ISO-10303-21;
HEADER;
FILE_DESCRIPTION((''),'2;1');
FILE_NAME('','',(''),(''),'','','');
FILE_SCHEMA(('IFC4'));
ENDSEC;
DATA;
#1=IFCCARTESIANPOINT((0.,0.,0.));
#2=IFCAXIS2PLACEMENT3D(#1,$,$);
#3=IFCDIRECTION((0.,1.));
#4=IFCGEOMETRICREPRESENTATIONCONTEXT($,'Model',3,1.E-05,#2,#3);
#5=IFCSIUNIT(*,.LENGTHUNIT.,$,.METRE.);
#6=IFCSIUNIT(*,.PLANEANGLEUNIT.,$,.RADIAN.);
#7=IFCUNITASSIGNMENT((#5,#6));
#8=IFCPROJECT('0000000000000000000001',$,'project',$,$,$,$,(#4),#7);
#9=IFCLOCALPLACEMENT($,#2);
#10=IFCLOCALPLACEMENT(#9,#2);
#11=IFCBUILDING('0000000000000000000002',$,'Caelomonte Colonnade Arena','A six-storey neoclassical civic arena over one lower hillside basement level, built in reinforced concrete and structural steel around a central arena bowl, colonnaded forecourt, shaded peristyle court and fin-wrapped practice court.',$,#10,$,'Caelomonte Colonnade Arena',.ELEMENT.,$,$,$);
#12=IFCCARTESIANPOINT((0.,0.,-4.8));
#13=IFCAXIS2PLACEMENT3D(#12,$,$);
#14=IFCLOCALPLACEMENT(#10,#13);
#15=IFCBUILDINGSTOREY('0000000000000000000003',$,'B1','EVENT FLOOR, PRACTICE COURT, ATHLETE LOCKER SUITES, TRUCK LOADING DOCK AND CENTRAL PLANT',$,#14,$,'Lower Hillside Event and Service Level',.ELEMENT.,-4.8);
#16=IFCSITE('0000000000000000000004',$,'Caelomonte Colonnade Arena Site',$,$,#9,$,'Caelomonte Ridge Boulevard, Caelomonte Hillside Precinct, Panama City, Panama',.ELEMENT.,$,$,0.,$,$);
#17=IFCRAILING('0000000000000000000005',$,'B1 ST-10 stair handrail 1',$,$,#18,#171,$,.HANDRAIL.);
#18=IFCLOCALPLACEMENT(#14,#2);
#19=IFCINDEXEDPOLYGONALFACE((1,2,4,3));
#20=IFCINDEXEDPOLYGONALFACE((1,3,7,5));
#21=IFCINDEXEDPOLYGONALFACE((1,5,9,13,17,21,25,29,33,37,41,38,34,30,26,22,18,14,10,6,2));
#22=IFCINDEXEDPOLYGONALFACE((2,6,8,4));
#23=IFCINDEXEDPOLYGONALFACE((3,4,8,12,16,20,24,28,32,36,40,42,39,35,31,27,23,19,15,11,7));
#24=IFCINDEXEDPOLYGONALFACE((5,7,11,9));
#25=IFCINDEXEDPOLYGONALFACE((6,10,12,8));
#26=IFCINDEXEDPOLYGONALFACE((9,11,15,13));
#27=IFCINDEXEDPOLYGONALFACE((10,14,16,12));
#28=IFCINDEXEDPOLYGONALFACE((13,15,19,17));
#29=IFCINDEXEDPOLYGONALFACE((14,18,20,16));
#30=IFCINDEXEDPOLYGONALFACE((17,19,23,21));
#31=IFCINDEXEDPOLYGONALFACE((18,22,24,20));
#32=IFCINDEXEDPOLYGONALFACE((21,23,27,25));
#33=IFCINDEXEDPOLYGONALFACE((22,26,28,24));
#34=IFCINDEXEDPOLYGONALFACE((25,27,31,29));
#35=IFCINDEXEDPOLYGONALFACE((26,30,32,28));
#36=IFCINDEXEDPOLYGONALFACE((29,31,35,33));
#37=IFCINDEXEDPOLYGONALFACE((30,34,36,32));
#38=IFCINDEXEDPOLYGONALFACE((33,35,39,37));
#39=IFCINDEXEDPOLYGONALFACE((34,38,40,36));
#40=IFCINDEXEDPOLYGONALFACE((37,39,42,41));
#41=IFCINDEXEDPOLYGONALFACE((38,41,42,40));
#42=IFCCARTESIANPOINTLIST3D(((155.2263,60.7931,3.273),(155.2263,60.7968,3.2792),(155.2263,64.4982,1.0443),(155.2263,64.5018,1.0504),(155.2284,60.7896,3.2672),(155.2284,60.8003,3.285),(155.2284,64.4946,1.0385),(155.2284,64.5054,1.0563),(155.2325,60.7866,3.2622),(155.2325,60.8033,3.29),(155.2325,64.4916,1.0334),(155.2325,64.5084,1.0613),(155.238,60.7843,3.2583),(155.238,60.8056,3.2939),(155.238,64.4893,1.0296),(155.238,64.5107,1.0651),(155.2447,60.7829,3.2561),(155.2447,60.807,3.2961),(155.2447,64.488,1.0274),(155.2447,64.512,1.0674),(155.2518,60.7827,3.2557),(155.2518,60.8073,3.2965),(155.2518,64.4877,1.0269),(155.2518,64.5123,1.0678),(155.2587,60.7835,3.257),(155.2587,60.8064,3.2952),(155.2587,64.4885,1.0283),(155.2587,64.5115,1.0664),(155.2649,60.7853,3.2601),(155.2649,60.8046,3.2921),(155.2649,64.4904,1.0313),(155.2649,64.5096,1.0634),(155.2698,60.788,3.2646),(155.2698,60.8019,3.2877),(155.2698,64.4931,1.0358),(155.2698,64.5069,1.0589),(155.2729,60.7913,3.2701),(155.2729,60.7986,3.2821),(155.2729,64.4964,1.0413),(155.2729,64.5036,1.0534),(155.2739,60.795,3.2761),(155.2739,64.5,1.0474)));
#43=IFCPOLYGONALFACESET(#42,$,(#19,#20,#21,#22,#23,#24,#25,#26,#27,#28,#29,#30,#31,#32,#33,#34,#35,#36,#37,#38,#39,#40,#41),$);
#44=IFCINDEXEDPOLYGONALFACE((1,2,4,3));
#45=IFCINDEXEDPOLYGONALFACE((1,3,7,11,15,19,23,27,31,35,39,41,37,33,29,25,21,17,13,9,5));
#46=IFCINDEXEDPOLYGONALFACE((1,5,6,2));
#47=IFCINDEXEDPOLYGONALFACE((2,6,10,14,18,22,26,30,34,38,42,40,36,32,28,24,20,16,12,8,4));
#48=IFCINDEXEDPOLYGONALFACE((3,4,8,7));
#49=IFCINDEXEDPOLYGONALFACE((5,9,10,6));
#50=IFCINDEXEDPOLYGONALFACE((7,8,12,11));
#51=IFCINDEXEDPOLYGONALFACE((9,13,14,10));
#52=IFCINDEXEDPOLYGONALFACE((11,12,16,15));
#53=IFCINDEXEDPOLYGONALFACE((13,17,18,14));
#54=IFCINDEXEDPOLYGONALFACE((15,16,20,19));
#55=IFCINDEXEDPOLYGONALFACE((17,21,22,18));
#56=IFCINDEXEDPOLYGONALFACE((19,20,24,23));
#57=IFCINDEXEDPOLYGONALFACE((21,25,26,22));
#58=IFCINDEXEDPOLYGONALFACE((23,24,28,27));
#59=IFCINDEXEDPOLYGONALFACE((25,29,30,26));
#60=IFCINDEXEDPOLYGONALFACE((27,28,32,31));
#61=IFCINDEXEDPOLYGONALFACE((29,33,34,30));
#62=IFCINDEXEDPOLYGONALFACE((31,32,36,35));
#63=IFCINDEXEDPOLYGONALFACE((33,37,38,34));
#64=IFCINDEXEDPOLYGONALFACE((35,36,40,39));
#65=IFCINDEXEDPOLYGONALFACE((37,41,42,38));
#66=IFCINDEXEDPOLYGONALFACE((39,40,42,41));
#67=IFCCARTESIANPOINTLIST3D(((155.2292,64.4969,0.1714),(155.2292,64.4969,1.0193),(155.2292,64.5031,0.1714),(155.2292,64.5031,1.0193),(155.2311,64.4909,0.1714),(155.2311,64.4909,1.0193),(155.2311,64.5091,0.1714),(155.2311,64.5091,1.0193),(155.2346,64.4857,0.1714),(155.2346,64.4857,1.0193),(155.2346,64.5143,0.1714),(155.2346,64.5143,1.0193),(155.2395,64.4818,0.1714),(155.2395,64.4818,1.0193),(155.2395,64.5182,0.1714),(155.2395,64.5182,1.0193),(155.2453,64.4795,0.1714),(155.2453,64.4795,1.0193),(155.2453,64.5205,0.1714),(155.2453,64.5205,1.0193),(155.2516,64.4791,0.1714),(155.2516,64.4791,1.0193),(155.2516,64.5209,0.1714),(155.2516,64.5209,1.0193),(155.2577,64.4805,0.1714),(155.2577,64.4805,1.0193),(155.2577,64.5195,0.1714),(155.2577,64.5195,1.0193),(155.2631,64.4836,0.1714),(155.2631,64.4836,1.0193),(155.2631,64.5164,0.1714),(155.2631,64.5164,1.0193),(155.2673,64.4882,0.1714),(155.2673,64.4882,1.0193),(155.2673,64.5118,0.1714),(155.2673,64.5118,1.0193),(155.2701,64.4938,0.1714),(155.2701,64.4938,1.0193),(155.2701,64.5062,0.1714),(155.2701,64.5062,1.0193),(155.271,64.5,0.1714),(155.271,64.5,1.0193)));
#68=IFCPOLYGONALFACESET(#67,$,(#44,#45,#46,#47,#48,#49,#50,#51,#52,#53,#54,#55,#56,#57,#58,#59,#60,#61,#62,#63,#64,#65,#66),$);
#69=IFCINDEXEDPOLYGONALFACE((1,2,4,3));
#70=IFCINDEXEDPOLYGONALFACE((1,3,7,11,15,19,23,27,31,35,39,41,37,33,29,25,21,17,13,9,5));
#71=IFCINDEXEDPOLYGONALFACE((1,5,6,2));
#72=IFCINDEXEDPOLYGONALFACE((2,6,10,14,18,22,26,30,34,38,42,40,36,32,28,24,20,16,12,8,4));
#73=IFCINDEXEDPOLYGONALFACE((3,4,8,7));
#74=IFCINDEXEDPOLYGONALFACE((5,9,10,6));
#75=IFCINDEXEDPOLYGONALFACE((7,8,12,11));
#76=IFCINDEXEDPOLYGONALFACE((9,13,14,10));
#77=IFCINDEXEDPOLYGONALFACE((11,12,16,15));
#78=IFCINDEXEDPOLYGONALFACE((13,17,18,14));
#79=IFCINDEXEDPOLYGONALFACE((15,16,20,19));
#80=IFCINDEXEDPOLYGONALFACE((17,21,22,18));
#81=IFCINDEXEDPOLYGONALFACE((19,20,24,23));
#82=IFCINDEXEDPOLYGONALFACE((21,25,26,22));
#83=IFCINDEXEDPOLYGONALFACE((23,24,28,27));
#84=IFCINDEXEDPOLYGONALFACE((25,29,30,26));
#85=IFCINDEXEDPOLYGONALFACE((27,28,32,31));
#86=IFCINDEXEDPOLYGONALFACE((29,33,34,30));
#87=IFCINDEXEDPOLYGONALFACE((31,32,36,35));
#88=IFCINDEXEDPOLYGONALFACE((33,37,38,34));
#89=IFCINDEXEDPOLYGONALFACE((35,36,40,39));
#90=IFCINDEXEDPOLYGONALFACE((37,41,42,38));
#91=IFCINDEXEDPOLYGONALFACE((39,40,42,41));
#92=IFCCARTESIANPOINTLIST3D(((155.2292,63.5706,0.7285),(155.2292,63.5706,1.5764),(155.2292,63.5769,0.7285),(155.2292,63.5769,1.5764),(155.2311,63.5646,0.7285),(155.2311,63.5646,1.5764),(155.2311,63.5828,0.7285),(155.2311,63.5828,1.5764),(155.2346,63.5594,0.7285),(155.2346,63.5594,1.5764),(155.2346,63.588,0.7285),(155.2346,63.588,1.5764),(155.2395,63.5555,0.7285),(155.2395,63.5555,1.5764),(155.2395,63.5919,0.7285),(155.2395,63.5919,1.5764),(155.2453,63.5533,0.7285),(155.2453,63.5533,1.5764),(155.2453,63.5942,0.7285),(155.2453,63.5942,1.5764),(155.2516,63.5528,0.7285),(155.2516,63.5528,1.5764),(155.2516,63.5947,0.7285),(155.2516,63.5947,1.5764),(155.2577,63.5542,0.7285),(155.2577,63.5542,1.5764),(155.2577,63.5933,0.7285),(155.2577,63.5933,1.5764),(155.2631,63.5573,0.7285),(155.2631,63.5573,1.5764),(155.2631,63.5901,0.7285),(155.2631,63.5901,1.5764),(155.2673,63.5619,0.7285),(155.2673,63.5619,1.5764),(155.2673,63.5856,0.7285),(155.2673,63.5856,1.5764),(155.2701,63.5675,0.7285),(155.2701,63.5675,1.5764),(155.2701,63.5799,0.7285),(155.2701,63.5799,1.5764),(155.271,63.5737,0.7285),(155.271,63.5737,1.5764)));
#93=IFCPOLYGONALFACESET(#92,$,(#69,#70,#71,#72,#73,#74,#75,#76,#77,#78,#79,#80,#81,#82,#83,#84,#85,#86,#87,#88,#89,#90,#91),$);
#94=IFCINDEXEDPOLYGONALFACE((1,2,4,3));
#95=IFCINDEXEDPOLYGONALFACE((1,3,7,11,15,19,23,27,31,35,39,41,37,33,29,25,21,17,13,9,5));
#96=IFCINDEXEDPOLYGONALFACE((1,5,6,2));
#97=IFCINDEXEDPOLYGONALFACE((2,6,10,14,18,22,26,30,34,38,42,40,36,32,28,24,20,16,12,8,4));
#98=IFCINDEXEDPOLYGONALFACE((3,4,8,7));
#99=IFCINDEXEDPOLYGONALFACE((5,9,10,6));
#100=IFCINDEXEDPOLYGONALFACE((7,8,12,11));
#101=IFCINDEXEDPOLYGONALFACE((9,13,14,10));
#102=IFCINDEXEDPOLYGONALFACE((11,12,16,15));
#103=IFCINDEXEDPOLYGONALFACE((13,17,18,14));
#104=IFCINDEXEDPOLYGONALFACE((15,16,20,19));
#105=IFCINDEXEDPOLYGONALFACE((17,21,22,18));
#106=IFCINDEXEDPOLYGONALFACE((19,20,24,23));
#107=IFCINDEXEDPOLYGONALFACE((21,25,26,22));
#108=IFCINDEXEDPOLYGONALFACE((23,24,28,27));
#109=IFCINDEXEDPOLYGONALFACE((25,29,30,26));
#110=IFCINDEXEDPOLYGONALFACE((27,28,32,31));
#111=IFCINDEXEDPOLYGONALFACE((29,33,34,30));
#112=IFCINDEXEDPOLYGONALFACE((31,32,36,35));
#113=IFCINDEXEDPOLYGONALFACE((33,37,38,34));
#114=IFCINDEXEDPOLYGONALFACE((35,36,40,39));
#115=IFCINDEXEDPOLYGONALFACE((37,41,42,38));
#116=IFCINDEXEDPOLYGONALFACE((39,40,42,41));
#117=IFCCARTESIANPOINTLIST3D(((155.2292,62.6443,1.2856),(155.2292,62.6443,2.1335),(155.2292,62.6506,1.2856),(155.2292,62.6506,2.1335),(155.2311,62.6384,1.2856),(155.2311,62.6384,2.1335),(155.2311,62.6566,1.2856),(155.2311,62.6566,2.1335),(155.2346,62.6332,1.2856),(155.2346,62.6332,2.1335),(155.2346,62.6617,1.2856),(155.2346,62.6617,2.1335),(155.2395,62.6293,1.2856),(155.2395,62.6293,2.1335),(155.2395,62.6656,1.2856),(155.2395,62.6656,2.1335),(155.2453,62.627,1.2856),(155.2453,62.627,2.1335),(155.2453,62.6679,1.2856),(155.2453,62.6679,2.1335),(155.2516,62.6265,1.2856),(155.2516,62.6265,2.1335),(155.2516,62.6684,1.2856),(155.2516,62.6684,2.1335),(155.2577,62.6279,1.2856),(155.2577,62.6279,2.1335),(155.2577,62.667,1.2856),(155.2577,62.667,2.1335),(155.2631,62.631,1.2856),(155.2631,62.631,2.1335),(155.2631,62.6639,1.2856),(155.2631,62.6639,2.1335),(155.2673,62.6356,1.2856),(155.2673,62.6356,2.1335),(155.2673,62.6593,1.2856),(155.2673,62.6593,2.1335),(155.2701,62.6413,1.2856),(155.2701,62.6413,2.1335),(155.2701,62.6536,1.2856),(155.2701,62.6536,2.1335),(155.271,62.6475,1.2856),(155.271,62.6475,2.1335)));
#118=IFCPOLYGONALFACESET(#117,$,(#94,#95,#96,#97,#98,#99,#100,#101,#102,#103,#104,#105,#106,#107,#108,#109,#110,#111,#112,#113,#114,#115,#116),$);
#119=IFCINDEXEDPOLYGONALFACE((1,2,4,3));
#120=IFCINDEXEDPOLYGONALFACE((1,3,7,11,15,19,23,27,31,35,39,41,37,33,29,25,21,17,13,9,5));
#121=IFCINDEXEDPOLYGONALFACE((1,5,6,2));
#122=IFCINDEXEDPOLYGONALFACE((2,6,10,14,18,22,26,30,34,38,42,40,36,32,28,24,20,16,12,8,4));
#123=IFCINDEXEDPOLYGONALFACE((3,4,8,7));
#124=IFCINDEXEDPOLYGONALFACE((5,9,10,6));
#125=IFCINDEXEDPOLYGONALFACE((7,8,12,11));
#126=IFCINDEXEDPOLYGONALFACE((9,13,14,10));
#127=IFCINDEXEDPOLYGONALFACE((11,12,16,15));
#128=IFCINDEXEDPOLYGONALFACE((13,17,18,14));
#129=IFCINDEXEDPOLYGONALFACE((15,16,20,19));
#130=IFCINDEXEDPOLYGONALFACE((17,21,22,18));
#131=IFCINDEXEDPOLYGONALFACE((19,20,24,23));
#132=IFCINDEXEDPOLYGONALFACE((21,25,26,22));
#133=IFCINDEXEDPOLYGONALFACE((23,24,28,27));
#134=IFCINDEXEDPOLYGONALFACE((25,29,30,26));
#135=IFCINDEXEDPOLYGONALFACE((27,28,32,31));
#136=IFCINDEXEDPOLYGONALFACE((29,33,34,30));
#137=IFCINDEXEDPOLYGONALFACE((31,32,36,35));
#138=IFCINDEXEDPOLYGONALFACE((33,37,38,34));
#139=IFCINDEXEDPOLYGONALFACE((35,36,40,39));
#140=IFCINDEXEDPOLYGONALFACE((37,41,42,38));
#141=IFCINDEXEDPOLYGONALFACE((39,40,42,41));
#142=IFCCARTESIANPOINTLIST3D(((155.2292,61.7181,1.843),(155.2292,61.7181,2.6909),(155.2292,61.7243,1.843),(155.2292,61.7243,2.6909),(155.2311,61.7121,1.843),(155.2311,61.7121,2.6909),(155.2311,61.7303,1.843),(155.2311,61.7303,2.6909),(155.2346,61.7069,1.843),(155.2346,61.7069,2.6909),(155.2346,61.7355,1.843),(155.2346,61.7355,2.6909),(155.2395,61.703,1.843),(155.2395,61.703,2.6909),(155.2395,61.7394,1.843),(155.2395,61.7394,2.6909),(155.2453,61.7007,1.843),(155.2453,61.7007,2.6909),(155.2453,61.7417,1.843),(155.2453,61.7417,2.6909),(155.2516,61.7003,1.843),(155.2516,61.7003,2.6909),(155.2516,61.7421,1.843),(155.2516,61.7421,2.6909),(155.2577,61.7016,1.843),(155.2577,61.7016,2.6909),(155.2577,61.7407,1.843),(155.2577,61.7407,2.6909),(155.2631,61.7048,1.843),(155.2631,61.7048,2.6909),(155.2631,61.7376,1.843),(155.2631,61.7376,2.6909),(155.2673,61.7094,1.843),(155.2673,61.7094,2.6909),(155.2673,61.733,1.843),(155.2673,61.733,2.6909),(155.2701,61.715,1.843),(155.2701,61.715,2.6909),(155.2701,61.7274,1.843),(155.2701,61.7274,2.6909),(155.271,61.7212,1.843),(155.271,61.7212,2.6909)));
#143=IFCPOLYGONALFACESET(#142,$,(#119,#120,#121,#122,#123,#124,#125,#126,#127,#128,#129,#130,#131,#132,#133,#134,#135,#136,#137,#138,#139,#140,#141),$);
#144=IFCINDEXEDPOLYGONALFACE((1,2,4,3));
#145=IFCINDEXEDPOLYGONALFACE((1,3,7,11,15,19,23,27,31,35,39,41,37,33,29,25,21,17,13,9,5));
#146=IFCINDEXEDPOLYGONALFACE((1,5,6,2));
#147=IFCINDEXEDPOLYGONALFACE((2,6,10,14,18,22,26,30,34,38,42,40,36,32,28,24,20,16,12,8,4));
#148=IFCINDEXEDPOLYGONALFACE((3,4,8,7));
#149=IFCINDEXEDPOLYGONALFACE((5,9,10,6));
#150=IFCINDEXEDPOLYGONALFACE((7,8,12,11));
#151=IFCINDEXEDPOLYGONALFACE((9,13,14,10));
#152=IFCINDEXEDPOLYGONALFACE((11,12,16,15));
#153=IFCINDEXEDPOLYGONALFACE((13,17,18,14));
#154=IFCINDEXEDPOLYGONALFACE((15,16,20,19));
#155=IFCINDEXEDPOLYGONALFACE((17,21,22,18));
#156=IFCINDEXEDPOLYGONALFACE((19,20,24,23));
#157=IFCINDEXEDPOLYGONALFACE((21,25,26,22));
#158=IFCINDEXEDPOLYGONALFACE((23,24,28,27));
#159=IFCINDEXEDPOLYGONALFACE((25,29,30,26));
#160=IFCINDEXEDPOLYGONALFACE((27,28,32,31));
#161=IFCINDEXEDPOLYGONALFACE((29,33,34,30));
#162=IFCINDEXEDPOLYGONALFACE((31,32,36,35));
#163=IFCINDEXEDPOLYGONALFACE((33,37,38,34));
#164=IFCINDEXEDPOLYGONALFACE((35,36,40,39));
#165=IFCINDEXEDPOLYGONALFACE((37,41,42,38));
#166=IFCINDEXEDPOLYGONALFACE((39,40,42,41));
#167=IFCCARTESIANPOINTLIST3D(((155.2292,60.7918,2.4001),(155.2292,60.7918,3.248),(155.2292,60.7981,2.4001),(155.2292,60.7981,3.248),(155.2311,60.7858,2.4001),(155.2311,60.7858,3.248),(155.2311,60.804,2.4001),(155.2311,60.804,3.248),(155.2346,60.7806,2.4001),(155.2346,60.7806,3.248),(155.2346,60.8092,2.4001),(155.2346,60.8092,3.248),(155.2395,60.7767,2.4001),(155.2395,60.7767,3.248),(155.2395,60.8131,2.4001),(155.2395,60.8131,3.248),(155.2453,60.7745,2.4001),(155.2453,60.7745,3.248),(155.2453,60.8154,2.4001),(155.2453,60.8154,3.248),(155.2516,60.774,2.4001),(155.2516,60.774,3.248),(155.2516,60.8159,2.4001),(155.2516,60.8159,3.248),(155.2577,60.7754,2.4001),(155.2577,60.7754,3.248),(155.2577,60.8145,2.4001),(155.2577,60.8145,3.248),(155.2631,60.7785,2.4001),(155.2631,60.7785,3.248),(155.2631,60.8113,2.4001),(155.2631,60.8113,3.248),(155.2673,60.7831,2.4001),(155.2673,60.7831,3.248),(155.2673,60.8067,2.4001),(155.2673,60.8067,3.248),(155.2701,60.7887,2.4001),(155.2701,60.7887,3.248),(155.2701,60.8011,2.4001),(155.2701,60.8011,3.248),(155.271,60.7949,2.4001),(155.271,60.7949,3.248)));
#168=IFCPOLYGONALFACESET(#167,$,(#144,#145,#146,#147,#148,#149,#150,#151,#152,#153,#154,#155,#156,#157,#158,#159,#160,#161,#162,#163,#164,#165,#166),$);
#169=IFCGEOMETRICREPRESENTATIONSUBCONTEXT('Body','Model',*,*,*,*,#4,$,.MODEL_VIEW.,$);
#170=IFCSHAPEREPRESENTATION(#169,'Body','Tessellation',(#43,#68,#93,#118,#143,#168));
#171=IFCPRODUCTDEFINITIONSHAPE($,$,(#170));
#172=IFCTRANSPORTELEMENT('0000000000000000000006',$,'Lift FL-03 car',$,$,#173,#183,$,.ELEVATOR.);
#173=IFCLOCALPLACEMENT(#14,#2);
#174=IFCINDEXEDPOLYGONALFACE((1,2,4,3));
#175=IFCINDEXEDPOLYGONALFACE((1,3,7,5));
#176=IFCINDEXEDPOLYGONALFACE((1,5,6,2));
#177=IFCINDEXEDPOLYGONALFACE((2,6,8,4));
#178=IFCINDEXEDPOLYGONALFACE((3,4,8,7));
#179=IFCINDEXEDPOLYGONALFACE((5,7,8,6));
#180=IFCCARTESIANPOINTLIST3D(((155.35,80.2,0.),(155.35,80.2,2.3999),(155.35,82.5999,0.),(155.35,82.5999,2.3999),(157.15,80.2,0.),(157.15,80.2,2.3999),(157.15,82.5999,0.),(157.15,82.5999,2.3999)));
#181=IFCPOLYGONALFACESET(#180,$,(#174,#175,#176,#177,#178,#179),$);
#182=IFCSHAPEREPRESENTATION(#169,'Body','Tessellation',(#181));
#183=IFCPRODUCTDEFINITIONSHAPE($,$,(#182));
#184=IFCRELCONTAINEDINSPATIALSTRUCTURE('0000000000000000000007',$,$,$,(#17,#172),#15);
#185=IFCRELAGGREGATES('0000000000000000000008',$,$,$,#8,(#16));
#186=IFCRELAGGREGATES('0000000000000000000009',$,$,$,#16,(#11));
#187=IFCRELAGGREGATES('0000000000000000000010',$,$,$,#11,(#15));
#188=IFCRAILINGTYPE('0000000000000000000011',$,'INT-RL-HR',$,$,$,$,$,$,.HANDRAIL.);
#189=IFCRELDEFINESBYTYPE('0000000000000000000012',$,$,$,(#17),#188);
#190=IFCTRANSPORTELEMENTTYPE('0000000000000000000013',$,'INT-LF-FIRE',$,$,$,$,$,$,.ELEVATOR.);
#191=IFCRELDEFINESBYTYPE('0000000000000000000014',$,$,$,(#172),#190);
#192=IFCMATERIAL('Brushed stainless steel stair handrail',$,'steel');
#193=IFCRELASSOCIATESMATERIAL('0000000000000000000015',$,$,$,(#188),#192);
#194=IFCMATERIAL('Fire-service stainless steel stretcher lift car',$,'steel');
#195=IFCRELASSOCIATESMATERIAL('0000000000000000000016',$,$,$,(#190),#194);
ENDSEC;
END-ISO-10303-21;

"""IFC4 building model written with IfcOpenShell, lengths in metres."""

from ifc_helpers import new_model, si_unit, direction, frame, origin, origin_2d, place, context, subcontext, project, spatial, rectangle, circle, extrude, material, type_object, element, save


model = new_model("IFC4")

# Units and contexts
model_context = context("Model", 3, precision=1e-05, world=origin(), true_north=direction((0.0, 1.0)))
body_context = subcontext(model_context, "Body", "Model", "MODEL_VIEW")
ifc_project = project(units=[si_unit("LENGTHUNIT", "METRE"), si_unit("PLANEANGLEUNIT", "RADIAN")], contexts=[model_context])

# Site, building, storey
site_placement = place(None, origin())
site = spatial("IfcSite", under=ifc_project, at=site_placement, Name="Caelomonte Colonnade Arena Site", LongName="Caelomonte Ridge Boulevard, Caelomonte Hillside Precinct, Panama City, Panama", CompositionType="ELEMENT", RefElevation=0.0)
building_placement = place(site_placement, origin())
building = spatial("IfcBuilding", under=site, at=building_placement, Name="Caelomonte Colonnade Arena", Description="A six-storey neoclassical civic arena over one lower hillside basement level, built in reinforced concrete and structural steel around a central arena bowl, colonnaded forecourt, shaded peristyle court and fin-wrapped practice court.", LongName="Caelomonte Colonnade Arena", CompositionType="ELEMENT")
storey_placement = place(building_placement, frame((0.0, 0.0, -4.8)))
storey = spatial("IfcBuildingStorey", under=building, at=storey_placement, Name="B1", Description="EVENT FLOOR, PRACTICE COURT, ATHLETE LOCKER SUITES, TRUCK LOADING DOCK AND CENTRAL PLANT", LongName="Lower Hillside Event and Service Level", CompositionType="ELEMENT", Elevation=-4.8)

# Railing
ifc_material_1 = material(Name="Brushed stainless steel stair handrail", Category="steel")
railing_type_1 = type_object("IfcRailingType", Name="INT-RL-HR", PredefinedType="HANDRAIL", material=ifc_material_1)
railing_1_placement = place(storey_placement, frame((155.25, 64.5, 0.1714)))
element("IfcRailing", 1, at=railing_1_placement, inside=storey, type_object=railing_type_1, Name="B1 ST-10 stair handrail 1", PredefinedType="HANDRAIL", context=body_context, shape_type="SweptSolid", body=[
    extrude(circle(Radius=0.0239, at=origin_2d()), frame((0.0, 0.0, 0.876), z_axis=(0.0, -0.856909, 0.515467), x_axis=(1.0, 0.0, 0.0)), (0.0, 0.0, 1.0), 4.3237),
    extrude(circle(Radius=0.021, at=origin_2d()), origin(), (0.0, 0.0, 1.0), 0.8479),
    extrude(circle(Radius=0.021, at=origin_2d()), frame((0.0, -0.9263, 0.5571)), (0.0, 0.0, 1.0), 0.8479),
    extrude(circle(Radius=0.021, at=origin_2d()), frame((0.0, -1.8525, 1.1143)), (0.0, 0.0, 1.0), 0.8479),
    extrude(circle(Radius=0.021, at=origin_2d()), frame((0.0, -2.7788, 1.6716)), (0.0, 0.0, 1.0), 0.8479),
    extrude(circle(Radius=0.021, at=origin_2d()), frame((0.0, -3.7051, 2.2288)), (0.0, 0.0, 1.0), 0.8479),
])

# Transport element
ifc_material_2 = material(Name="Fire-service stainless steel stretcher lift car", Category="steel")
transport_element_type = type_object("IfcTransportElementType", Name="INT-LF-FIRE", PredefinedType="ELEVATOR", material=ifc_material_2)
transport_element_placement = place(storey_placement, frame((156.25, 81.3999, 0.0), z_axis=(0.0, 0.0, 1.0), x_axis=(1.0, 0.0, 0.0)))
element("IfcTransportElement", 2, at=transport_element_placement, inside=storey, type_object=transport_element_type, Name="Lift FL-03 car", PredefinedType="ELEVATOR", context=body_context, shape_type="SweptSolid", body=[
    extrude(rectangle(XDim=1.8, YDim=2.3999, at=origin_2d()), origin(), (0.0, 0.0, 1.0), 2.3999),
])

save(model, "model.ifc")
